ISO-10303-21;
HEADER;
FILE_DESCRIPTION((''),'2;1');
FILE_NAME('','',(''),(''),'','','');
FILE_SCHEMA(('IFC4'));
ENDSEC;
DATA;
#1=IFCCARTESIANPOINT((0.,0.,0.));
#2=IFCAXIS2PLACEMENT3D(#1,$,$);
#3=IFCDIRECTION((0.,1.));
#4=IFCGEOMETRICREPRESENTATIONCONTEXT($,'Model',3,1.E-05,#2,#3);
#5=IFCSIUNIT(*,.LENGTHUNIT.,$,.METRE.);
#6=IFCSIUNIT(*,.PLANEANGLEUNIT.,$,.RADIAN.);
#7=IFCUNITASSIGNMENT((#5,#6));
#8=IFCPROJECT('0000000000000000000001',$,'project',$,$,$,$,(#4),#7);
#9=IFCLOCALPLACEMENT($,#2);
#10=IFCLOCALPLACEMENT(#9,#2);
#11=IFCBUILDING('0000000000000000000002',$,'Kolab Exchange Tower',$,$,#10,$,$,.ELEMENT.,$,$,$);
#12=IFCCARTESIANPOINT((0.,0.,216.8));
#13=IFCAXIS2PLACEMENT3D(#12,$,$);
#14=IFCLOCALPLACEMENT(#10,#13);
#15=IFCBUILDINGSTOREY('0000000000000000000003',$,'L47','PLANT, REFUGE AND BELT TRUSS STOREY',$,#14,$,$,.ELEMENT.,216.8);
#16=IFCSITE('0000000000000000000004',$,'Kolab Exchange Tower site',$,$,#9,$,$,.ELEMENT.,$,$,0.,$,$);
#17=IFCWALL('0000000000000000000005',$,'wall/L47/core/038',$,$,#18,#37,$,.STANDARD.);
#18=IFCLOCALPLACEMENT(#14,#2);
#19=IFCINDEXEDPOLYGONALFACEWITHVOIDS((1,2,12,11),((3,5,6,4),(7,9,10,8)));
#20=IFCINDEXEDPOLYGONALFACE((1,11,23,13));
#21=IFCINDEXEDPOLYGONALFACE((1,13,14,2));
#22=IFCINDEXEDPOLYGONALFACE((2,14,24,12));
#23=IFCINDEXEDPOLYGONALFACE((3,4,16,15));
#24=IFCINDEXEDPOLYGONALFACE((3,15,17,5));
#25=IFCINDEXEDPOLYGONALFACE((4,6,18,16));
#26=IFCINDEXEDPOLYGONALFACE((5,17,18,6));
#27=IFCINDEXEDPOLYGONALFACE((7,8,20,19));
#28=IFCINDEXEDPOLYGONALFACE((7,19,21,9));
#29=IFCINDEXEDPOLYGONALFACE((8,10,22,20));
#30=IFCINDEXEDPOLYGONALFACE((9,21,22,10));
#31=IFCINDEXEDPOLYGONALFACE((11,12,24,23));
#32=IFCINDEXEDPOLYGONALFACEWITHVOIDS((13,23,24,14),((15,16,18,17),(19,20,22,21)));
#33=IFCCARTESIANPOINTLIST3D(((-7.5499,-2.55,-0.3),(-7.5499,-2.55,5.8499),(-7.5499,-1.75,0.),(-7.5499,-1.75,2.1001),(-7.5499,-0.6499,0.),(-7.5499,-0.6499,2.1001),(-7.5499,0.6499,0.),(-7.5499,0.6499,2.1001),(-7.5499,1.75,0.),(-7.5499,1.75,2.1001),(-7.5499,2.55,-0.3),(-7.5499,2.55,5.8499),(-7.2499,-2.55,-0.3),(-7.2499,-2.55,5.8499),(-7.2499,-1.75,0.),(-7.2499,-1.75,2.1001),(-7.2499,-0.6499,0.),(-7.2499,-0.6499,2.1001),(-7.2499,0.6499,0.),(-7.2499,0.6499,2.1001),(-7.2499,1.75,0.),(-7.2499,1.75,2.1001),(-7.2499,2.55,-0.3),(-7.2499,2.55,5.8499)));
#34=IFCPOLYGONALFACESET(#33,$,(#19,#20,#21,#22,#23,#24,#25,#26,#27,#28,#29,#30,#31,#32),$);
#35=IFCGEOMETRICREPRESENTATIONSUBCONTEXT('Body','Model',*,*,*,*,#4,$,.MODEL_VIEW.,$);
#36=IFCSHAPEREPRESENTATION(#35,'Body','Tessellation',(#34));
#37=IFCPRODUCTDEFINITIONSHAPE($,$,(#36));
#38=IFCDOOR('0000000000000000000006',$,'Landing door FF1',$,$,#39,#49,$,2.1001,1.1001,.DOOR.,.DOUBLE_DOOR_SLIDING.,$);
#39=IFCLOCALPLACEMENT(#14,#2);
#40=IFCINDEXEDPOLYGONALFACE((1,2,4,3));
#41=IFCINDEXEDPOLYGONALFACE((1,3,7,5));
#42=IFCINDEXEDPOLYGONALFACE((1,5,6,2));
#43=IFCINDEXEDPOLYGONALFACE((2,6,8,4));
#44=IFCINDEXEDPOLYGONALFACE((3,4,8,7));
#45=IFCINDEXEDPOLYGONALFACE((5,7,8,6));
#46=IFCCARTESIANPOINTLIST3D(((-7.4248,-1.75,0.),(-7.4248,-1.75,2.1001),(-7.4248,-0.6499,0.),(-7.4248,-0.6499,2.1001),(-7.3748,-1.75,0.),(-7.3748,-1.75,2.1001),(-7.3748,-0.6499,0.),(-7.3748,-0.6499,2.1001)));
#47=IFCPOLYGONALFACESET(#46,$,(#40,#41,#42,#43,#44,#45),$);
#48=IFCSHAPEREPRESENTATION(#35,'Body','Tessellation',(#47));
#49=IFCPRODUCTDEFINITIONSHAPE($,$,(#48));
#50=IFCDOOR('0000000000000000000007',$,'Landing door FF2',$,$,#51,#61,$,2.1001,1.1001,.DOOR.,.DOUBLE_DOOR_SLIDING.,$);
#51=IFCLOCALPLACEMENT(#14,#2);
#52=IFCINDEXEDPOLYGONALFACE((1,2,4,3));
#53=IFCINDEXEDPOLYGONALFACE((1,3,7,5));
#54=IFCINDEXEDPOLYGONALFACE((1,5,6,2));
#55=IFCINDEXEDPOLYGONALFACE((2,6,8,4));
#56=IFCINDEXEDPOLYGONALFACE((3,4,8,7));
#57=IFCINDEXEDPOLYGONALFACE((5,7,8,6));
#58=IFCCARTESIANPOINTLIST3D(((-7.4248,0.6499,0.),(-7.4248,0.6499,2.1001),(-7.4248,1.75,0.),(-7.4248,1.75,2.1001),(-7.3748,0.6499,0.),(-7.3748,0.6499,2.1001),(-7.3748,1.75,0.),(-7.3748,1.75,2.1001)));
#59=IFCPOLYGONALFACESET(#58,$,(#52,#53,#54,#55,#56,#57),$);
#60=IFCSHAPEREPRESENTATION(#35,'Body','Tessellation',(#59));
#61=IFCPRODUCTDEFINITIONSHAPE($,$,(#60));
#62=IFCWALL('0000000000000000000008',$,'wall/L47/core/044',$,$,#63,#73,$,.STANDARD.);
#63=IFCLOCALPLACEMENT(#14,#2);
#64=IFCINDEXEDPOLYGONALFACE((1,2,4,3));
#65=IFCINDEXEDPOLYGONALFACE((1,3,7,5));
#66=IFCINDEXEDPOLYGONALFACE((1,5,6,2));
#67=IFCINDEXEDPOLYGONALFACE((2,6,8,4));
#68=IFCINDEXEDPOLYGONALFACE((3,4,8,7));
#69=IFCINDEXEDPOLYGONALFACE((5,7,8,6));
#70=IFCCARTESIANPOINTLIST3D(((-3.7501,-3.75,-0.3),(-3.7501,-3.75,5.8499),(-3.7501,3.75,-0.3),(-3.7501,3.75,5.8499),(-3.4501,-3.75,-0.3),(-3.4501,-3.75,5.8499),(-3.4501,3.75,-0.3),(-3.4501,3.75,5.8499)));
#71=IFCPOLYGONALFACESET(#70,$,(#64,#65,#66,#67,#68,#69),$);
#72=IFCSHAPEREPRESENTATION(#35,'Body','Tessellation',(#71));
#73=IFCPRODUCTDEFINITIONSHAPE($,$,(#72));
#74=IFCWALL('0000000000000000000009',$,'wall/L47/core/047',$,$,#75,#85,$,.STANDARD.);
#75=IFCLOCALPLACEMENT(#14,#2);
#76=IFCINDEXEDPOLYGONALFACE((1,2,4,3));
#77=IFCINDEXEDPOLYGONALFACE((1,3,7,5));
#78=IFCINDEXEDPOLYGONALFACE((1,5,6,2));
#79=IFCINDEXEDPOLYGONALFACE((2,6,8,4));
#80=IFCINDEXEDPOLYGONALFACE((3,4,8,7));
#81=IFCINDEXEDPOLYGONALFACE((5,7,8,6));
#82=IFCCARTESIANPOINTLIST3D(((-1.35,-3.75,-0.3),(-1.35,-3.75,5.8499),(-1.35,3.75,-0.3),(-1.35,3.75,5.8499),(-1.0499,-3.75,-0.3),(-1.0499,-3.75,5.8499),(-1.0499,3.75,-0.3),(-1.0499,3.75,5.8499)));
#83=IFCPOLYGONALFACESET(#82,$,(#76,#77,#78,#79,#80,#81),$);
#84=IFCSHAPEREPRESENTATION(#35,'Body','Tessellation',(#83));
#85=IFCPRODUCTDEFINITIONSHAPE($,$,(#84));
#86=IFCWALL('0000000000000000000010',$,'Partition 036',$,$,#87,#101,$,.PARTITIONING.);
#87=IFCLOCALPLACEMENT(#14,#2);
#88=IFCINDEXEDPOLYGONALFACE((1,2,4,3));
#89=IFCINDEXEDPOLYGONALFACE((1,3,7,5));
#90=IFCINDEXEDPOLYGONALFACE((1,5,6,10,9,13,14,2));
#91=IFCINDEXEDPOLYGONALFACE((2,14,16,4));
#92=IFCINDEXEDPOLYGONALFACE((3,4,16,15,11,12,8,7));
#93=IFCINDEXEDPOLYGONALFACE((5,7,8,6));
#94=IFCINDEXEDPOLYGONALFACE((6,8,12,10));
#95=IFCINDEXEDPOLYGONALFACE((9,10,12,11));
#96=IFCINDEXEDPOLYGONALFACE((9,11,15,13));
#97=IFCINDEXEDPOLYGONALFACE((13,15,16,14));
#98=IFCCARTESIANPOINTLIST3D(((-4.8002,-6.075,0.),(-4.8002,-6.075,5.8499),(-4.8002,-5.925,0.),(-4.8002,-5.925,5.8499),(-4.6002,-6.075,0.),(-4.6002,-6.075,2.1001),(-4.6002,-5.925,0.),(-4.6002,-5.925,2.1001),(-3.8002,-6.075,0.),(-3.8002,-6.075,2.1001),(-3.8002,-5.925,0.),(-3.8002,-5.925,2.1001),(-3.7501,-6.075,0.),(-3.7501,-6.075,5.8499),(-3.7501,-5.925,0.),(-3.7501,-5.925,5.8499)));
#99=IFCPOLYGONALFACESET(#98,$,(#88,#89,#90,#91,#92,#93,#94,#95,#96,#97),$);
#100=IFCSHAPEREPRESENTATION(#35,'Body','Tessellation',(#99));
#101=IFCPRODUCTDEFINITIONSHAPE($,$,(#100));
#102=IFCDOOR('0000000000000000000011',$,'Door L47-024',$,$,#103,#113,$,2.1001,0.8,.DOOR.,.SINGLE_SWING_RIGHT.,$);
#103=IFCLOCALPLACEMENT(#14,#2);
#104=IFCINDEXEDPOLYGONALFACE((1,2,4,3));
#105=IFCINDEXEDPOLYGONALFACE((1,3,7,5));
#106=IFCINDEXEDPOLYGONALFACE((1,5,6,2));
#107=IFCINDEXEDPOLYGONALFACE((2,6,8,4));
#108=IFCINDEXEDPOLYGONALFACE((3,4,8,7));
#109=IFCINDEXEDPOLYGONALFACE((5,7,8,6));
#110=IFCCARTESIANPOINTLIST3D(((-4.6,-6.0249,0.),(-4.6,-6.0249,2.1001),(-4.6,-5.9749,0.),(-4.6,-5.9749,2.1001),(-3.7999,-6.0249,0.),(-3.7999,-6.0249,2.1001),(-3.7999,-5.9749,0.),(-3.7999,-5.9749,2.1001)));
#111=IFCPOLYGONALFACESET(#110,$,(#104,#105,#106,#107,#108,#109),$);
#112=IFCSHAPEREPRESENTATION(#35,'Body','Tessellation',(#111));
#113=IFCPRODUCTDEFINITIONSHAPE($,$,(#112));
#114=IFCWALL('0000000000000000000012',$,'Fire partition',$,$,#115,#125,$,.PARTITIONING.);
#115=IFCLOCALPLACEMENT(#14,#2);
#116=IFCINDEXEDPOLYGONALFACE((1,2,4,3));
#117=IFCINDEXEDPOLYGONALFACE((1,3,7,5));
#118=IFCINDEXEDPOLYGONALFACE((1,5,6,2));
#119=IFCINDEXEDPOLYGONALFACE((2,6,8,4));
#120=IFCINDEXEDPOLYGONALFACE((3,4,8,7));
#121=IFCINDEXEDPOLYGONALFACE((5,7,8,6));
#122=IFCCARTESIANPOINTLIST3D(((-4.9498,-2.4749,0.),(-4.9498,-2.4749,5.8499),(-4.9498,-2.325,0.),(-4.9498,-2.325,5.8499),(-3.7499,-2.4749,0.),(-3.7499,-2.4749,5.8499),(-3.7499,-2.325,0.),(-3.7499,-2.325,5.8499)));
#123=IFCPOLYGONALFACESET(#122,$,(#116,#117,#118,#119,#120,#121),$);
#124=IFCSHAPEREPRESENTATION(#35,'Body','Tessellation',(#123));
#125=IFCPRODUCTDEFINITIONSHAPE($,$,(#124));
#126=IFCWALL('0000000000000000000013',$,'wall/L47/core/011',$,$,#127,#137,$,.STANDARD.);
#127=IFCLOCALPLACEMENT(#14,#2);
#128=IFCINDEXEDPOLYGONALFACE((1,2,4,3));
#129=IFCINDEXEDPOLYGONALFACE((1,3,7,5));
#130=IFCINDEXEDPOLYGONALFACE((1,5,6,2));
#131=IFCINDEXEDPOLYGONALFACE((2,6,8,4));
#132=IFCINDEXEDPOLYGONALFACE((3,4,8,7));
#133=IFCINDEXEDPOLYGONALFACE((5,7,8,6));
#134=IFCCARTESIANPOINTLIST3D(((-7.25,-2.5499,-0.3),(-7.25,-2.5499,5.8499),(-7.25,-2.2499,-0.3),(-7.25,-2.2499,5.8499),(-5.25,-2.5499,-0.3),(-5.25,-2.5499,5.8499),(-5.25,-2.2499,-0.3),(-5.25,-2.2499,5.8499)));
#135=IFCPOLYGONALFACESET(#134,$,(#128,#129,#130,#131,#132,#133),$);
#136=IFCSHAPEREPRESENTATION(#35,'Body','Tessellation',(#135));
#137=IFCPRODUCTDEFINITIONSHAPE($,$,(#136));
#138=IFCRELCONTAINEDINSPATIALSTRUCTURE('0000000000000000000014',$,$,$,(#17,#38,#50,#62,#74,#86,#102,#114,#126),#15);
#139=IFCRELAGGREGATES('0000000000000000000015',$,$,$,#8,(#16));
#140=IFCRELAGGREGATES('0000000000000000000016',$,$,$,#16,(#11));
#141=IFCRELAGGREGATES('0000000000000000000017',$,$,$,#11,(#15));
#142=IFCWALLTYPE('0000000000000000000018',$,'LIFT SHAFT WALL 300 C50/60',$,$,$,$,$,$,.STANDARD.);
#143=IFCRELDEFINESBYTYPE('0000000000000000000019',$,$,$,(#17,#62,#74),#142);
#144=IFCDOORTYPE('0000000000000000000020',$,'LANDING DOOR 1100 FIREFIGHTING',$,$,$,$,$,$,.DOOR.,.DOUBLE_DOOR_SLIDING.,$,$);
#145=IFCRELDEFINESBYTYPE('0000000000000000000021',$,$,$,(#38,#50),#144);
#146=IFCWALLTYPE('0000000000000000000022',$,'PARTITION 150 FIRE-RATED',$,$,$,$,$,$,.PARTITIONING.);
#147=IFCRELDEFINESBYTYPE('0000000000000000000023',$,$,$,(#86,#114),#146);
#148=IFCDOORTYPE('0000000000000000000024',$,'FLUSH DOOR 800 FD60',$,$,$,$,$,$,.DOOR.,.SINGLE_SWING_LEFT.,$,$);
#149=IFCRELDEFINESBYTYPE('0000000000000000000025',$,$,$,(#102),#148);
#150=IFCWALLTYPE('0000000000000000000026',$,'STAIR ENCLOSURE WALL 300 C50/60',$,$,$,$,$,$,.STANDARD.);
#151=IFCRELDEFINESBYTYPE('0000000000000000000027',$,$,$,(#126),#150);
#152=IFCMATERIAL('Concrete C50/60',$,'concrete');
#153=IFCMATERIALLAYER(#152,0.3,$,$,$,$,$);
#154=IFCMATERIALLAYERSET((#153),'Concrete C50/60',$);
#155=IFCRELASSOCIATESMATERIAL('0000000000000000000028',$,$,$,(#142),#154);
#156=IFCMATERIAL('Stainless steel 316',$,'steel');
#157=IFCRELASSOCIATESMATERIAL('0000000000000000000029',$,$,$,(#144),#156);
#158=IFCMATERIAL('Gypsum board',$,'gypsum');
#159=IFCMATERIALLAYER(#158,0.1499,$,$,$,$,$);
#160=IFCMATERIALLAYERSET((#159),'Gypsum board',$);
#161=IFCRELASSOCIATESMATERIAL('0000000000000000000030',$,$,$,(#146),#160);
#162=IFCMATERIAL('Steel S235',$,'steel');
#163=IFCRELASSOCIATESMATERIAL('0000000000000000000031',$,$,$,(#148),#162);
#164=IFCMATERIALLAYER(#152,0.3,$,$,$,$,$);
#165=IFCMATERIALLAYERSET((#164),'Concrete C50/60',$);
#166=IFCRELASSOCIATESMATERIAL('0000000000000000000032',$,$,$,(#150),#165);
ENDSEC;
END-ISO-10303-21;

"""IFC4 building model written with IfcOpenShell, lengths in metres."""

from ifc_helpers import new_model, si_unit, direction, frame, frame_2d, origin, place, context, subcontext, project, spatial, rectangle, extrude, material, layer, layer_set, type_object, element, fill, save


model = new_model("IFC4")

# Units and contexts
model_context = context("Model", 3, precision=1e-05, world=origin(), true_north=direction((0.0, 1.0)))
body_context = subcontext(model_context, "Body", "Model", "MODEL_VIEW")
ifc_project = project(units=[si_unit("LENGTHUNIT", "METRE"), si_unit("PLANEANGLEUNIT", "RADIAN")], contexts=[model_context])

# Site, building, storey
site_placement = place(None, origin())
site = spatial("IfcSite", under=ifc_project, at=site_placement, Name="Kolab Exchange Tower site", CompositionType="ELEMENT", RefElevation=0.0)
building_placement = place(site_placement, origin())
building = spatial("IfcBuilding", under=site, at=building_placement, Name="Kolab Exchange Tower", CompositionType="ELEMENT")
storey_placement = place(building_placement, frame((0.0, 0.0, 216.8)))
storey = spatial("IfcBuildingStorey", under=building, at=storey_placement, Name="L47", Description="PLANT, REFUGE AND BELT TRUSS STOREY", CompositionType="ELEMENT", Elevation=216.8)

# Shared definitions
ifc_material_1 = material(Name="Concrete C50/60", Category="concrete")
ifc_layer_1 = layer(ifc_material_1, 0.3)
ifc_layer_set_1 = layer_set([ifc_layer_1], Name="Concrete C50/60")
wall_type_1 = type_object("IfcWallType", Name="LIFT SHAFT WALL 300 C50/60", PredefinedType="STANDARD", material=ifc_layer_set_1)
ifc_material_2 = material(Name="Stainless steel 316", Category="steel")

# Wall, openings, doors
wall_1_placement = place(storey_placement, frame((-7.3999, -2.55, -0.3), z_axis=(0.0, 0.0, 1.0), x_axis=(0.0, 1.0, 0.0)))
wall_1 = element("IfcWall", 1, at=wall_1_placement, inside=storey, type_object=wall_type_1, Name="wall/L47/core/038", PredefinedType="STANDARD", context=body_context, shape_type="SweptSolid", body=[
    extrude(rectangle(XDim=5.1001, YDim=0.3, at=frame_2d((2.55, 0.0))), origin(), (0.0, 0.0, 1.0), 6.1499),
])
opening_1_placement = place(wall_1_placement, frame((0.8, 0.0, 0.3)))
opening_1 = element("IfcOpeningElement", 2, at=opening_1_placement, cuts=wall_1, PredefinedType="OPENING", context=body_context, shape_type="SweptSolid", body=[
    extrude(rectangle(XDim=1.1001, YDim=2.1001, at=frame_2d((0.55, 1.05))), frame((0.0, 0.1602, 0.0), z_axis=(0.0, -1.0, 0.0), x_axis=(1.0, 0.0, 0.0)), (0.0, 0.0, 1.0), 0.3201),
])
opening_2_placement = place(wall_1_placement, frame((3.2, 0.0, 0.3)))
opening_2 = element("IfcOpeningElement", 3, at=opening_2_placement, cuts=wall_1, PredefinedType="OPENING", context=body_context, shape_type="SweptSolid", body=[
    extrude(rectangle(XDim=1.1001, YDim=2.1001, at=frame_2d((0.55, 1.05))), frame((0.0, 0.1602, 0.0), z_axis=(0.0, -1.0, 0.0), x_axis=(1.0, 0.0, 0.0)), (0.0, 0.0, 1.0), 0.3201),
])
door_type_1 = type_object("IfcDoorType", Name="LANDING DOOR 1100 FIREFIGHTING", OperationType="DOUBLE_DOOR_SLIDING", PredefinedType="DOOR", material=ifc_material_2)
door_1_placement = place(opening_1_placement, origin())
door_1 = element("IfcDoor", 4, at=door_1_placement, inside=storey, type_object=door_type_1, Name="Landing door FF1", OperationType="DOUBLE_DOOR_SLIDING", OverallHeight=2.1001, OverallWidth=1.1001, PredefinedType="DOOR", context=body_context, shape_type="SweptSolid", body=[
    extrude(rectangle(XDim=1.1001, YDim=2.1001, at=frame_2d((0.55, 1.05))), frame((0.0, 0.0249, 0.0), z_axis=(0.0, -1.0, 0.0), x_axis=(1.0, 0.0, 0.0)), (0.0, 0.0, 1.0), 0.05),
])
fill(opening_1, door_1)
door_2_placement = place(opening_2_placement, origin())
door_2 = element("IfcDoor", 5, at=door_2_placement, inside=storey, type_object=door_type_1, Name="Landing door FF2", OperationType="DOUBLE_DOOR_SLIDING", OverallHeight=2.1001, OverallWidth=1.1001, PredefinedType="DOOR", context=body_context, shape_type="SweptSolid", body=[
    extrude(rectangle(XDim=1.1001, YDim=2.1001, at=frame_2d((0.55, 1.05))), frame((0.0, 0.0249, 0.0), z_axis=(0.0, -1.0, 0.0), x_axis=(1.0, 0.0, 0.0)), (0.0, 0.0, 1.0), 0.05),
])
fill(opening_2, door_2)

# Walls
for number, where, z_axis, x_axis, name in (
    (6, (-3.6001, -3.75, -0.3), (0.0, 0.0, 1.0), (0.0, 1.0, 0.0), "wall/L47/core/044"),
    (7, (-1.2, -3.75, -0.3), (0.0, 0.0, 1.0), (0.0, 1.0, 0.0), "wall/L47/core/047"),
):
    element("IfcWall", number, at=place(storey_placement, frame(where, z_axis=z_axis, x_axis=x_axis)), inside=storey, type_object=wall_type_1, Name=name, PredefinedType="STANDARD", context=body_context, shape_type="SweptSolid", body=[
        extrude(rectangle(XDim=7.5, YDim=0.3, at=frame_2d((3.75, 0.0))), origin(), (0.0, 0.0, 1.0), 6.1499),
    ])

# Wall, opening, door
ifc_material_3 = material(Name="Gypsum board", Category="gypsum")
ifc_layer_2 = layer(ifc_material_3, 0.1499)
ifc_layer_set_2 = layer_set([ifc_layer_2], Name="Gypsum board")
wall_type_2 = type_object("IfcWallType", Name="PARTITION 150 FIRE-RATED", PredefinedType="PARTITIONING", material=ifc_layer_set_2)
wall_2_placement = place(storey_placement, frame((-4.8, -6.0, 0.0), z_axis=(0.0, 0.0, 1.0), x_axis=(1.0, 0.0, 0.0)))
wall_2 = element("IfcWall", 8, at=wall_2_placement, inside=storey, type_object=wall_type_2, Name="Partition 036", PredefinedType="PARTITIONING", context=body_context, shape_type="SweptSolid", body=[
    extrude(rectangle(XDim=1.05, YDim=0.1499, at=frame_2d((0.5249, 0.0))), origin(), (0.0, 0.0, 1.0), 5.8499),
])
opening_3_placement = place(wall_2_placement, frame((0.2, 0.0, 0.0)))
opening_3 = element("IfcOpeningElement", 9, at=opening_3_placement, cuts=wall_2, PredefinedType="OPENING", context=body_context, shape_type="SweptSolid", body=[
    extrude(rectangle(XDim=0.8, YDim=2.1001, at=frame_2d((0.3999, 1.05))), frame((0.0, 0.085, 0.0), z_axis=(0.0, -1.0, 0.0), x_axis=(1.0, 0.0, 0.0)), (0.0, 0.0, 1.0), 0.1699),
])
ifc_material_4 = material(Name="Steel S235", Category="steel")
door_type_2 = type_object("IfcDoorType", Name="FLUSH DOOR 800 FD60", OperationType="SINGLE_SWING_LEFT", PredefinedType="DOOR", material=ifc_material_4)
door_3_placement = place(opening_3_placement, frame((0.8, 0.0, 0.0), z_axis=(0.0, 0.0, 1.0), x_axis=(-1.0, 0.0, 0.0)))
door_3 = element("IfcDoor", 10, at=door_3_placement, inside=storey, type_object=door_type_2, Name="Door L47-024", OperationType="SINGLE_SWING_RIGHT", OverallHeight=2.1001, OverallWidth=0.8, PredefinedType="DOOR", context=body_context, shape_type="SweptSolid", body=[
    extrude(rectangle(XDim=0.8, YDim=2.1001, at=frame_2d((0.3999, 1.05))), frame((0.0, 0.0249, 0.0), z_axis=(0.0, -1.0, 0.0), x_axis=(1.0, 0.0, 0.0)), (0.0, 0.0, 1.0), 0.05),
])
fill(opening_3, door_3)

# Walls
wall_3_placement = place(storey_placement, frame((-4.95, -2.3999, 0.0), z_axis=(0.0, 0.0, 1.0), x_axis=(1.0, 0.0, 0.0)))
element("IfcWall", 11, at=wall_3_placement, inside=storey, type_object=wall_type_2, Name="Fire partition", PredefinedType="PARTITIONING", context=body_context, shape_type="SweptSolid", body=[
    extrude(rectangle(XDim=1.2, YDim=0.1499, at=frame_2d((0.6001, 0.0))), origin(), (0.0, 0.0, 1.0), 5.8499),
])
ifc_layer_3 = layer(ifc_material_1, 0.3)
ifc_layer_set_3 = layer_set([ifc_layer_3], Name="Concrete C50/60")
wall_type_3 = type_object("IfcWallType", Name="STAIR ENCLOSURE WALL 300 C50/60", PredefinedType="STANDARD", material=ifc_layer_set_3)
wall_4_placement = place(storey_placement, frame((-7.25, -2.3999, -0.3), z_axis=(0.0, 0.0, 1.0), x_axis=(1.0, 0.0, 0.0)))
element("IfcWall", 12, at=wall_4_placement, inside=storey, type_object=wall_type_3, Name="wall/L47/core/011", PredefinedType="STANDARD", context=body_context, shape_type="SweptSolid", body=[
    extrude(rectangle(XDim=2.0, YDim=0.3, at=frame_2d((1.0, 0.0))), origin(), (0.0, 0.0, 1.0), 6.1499),
])

save(model, "model.ifc")
